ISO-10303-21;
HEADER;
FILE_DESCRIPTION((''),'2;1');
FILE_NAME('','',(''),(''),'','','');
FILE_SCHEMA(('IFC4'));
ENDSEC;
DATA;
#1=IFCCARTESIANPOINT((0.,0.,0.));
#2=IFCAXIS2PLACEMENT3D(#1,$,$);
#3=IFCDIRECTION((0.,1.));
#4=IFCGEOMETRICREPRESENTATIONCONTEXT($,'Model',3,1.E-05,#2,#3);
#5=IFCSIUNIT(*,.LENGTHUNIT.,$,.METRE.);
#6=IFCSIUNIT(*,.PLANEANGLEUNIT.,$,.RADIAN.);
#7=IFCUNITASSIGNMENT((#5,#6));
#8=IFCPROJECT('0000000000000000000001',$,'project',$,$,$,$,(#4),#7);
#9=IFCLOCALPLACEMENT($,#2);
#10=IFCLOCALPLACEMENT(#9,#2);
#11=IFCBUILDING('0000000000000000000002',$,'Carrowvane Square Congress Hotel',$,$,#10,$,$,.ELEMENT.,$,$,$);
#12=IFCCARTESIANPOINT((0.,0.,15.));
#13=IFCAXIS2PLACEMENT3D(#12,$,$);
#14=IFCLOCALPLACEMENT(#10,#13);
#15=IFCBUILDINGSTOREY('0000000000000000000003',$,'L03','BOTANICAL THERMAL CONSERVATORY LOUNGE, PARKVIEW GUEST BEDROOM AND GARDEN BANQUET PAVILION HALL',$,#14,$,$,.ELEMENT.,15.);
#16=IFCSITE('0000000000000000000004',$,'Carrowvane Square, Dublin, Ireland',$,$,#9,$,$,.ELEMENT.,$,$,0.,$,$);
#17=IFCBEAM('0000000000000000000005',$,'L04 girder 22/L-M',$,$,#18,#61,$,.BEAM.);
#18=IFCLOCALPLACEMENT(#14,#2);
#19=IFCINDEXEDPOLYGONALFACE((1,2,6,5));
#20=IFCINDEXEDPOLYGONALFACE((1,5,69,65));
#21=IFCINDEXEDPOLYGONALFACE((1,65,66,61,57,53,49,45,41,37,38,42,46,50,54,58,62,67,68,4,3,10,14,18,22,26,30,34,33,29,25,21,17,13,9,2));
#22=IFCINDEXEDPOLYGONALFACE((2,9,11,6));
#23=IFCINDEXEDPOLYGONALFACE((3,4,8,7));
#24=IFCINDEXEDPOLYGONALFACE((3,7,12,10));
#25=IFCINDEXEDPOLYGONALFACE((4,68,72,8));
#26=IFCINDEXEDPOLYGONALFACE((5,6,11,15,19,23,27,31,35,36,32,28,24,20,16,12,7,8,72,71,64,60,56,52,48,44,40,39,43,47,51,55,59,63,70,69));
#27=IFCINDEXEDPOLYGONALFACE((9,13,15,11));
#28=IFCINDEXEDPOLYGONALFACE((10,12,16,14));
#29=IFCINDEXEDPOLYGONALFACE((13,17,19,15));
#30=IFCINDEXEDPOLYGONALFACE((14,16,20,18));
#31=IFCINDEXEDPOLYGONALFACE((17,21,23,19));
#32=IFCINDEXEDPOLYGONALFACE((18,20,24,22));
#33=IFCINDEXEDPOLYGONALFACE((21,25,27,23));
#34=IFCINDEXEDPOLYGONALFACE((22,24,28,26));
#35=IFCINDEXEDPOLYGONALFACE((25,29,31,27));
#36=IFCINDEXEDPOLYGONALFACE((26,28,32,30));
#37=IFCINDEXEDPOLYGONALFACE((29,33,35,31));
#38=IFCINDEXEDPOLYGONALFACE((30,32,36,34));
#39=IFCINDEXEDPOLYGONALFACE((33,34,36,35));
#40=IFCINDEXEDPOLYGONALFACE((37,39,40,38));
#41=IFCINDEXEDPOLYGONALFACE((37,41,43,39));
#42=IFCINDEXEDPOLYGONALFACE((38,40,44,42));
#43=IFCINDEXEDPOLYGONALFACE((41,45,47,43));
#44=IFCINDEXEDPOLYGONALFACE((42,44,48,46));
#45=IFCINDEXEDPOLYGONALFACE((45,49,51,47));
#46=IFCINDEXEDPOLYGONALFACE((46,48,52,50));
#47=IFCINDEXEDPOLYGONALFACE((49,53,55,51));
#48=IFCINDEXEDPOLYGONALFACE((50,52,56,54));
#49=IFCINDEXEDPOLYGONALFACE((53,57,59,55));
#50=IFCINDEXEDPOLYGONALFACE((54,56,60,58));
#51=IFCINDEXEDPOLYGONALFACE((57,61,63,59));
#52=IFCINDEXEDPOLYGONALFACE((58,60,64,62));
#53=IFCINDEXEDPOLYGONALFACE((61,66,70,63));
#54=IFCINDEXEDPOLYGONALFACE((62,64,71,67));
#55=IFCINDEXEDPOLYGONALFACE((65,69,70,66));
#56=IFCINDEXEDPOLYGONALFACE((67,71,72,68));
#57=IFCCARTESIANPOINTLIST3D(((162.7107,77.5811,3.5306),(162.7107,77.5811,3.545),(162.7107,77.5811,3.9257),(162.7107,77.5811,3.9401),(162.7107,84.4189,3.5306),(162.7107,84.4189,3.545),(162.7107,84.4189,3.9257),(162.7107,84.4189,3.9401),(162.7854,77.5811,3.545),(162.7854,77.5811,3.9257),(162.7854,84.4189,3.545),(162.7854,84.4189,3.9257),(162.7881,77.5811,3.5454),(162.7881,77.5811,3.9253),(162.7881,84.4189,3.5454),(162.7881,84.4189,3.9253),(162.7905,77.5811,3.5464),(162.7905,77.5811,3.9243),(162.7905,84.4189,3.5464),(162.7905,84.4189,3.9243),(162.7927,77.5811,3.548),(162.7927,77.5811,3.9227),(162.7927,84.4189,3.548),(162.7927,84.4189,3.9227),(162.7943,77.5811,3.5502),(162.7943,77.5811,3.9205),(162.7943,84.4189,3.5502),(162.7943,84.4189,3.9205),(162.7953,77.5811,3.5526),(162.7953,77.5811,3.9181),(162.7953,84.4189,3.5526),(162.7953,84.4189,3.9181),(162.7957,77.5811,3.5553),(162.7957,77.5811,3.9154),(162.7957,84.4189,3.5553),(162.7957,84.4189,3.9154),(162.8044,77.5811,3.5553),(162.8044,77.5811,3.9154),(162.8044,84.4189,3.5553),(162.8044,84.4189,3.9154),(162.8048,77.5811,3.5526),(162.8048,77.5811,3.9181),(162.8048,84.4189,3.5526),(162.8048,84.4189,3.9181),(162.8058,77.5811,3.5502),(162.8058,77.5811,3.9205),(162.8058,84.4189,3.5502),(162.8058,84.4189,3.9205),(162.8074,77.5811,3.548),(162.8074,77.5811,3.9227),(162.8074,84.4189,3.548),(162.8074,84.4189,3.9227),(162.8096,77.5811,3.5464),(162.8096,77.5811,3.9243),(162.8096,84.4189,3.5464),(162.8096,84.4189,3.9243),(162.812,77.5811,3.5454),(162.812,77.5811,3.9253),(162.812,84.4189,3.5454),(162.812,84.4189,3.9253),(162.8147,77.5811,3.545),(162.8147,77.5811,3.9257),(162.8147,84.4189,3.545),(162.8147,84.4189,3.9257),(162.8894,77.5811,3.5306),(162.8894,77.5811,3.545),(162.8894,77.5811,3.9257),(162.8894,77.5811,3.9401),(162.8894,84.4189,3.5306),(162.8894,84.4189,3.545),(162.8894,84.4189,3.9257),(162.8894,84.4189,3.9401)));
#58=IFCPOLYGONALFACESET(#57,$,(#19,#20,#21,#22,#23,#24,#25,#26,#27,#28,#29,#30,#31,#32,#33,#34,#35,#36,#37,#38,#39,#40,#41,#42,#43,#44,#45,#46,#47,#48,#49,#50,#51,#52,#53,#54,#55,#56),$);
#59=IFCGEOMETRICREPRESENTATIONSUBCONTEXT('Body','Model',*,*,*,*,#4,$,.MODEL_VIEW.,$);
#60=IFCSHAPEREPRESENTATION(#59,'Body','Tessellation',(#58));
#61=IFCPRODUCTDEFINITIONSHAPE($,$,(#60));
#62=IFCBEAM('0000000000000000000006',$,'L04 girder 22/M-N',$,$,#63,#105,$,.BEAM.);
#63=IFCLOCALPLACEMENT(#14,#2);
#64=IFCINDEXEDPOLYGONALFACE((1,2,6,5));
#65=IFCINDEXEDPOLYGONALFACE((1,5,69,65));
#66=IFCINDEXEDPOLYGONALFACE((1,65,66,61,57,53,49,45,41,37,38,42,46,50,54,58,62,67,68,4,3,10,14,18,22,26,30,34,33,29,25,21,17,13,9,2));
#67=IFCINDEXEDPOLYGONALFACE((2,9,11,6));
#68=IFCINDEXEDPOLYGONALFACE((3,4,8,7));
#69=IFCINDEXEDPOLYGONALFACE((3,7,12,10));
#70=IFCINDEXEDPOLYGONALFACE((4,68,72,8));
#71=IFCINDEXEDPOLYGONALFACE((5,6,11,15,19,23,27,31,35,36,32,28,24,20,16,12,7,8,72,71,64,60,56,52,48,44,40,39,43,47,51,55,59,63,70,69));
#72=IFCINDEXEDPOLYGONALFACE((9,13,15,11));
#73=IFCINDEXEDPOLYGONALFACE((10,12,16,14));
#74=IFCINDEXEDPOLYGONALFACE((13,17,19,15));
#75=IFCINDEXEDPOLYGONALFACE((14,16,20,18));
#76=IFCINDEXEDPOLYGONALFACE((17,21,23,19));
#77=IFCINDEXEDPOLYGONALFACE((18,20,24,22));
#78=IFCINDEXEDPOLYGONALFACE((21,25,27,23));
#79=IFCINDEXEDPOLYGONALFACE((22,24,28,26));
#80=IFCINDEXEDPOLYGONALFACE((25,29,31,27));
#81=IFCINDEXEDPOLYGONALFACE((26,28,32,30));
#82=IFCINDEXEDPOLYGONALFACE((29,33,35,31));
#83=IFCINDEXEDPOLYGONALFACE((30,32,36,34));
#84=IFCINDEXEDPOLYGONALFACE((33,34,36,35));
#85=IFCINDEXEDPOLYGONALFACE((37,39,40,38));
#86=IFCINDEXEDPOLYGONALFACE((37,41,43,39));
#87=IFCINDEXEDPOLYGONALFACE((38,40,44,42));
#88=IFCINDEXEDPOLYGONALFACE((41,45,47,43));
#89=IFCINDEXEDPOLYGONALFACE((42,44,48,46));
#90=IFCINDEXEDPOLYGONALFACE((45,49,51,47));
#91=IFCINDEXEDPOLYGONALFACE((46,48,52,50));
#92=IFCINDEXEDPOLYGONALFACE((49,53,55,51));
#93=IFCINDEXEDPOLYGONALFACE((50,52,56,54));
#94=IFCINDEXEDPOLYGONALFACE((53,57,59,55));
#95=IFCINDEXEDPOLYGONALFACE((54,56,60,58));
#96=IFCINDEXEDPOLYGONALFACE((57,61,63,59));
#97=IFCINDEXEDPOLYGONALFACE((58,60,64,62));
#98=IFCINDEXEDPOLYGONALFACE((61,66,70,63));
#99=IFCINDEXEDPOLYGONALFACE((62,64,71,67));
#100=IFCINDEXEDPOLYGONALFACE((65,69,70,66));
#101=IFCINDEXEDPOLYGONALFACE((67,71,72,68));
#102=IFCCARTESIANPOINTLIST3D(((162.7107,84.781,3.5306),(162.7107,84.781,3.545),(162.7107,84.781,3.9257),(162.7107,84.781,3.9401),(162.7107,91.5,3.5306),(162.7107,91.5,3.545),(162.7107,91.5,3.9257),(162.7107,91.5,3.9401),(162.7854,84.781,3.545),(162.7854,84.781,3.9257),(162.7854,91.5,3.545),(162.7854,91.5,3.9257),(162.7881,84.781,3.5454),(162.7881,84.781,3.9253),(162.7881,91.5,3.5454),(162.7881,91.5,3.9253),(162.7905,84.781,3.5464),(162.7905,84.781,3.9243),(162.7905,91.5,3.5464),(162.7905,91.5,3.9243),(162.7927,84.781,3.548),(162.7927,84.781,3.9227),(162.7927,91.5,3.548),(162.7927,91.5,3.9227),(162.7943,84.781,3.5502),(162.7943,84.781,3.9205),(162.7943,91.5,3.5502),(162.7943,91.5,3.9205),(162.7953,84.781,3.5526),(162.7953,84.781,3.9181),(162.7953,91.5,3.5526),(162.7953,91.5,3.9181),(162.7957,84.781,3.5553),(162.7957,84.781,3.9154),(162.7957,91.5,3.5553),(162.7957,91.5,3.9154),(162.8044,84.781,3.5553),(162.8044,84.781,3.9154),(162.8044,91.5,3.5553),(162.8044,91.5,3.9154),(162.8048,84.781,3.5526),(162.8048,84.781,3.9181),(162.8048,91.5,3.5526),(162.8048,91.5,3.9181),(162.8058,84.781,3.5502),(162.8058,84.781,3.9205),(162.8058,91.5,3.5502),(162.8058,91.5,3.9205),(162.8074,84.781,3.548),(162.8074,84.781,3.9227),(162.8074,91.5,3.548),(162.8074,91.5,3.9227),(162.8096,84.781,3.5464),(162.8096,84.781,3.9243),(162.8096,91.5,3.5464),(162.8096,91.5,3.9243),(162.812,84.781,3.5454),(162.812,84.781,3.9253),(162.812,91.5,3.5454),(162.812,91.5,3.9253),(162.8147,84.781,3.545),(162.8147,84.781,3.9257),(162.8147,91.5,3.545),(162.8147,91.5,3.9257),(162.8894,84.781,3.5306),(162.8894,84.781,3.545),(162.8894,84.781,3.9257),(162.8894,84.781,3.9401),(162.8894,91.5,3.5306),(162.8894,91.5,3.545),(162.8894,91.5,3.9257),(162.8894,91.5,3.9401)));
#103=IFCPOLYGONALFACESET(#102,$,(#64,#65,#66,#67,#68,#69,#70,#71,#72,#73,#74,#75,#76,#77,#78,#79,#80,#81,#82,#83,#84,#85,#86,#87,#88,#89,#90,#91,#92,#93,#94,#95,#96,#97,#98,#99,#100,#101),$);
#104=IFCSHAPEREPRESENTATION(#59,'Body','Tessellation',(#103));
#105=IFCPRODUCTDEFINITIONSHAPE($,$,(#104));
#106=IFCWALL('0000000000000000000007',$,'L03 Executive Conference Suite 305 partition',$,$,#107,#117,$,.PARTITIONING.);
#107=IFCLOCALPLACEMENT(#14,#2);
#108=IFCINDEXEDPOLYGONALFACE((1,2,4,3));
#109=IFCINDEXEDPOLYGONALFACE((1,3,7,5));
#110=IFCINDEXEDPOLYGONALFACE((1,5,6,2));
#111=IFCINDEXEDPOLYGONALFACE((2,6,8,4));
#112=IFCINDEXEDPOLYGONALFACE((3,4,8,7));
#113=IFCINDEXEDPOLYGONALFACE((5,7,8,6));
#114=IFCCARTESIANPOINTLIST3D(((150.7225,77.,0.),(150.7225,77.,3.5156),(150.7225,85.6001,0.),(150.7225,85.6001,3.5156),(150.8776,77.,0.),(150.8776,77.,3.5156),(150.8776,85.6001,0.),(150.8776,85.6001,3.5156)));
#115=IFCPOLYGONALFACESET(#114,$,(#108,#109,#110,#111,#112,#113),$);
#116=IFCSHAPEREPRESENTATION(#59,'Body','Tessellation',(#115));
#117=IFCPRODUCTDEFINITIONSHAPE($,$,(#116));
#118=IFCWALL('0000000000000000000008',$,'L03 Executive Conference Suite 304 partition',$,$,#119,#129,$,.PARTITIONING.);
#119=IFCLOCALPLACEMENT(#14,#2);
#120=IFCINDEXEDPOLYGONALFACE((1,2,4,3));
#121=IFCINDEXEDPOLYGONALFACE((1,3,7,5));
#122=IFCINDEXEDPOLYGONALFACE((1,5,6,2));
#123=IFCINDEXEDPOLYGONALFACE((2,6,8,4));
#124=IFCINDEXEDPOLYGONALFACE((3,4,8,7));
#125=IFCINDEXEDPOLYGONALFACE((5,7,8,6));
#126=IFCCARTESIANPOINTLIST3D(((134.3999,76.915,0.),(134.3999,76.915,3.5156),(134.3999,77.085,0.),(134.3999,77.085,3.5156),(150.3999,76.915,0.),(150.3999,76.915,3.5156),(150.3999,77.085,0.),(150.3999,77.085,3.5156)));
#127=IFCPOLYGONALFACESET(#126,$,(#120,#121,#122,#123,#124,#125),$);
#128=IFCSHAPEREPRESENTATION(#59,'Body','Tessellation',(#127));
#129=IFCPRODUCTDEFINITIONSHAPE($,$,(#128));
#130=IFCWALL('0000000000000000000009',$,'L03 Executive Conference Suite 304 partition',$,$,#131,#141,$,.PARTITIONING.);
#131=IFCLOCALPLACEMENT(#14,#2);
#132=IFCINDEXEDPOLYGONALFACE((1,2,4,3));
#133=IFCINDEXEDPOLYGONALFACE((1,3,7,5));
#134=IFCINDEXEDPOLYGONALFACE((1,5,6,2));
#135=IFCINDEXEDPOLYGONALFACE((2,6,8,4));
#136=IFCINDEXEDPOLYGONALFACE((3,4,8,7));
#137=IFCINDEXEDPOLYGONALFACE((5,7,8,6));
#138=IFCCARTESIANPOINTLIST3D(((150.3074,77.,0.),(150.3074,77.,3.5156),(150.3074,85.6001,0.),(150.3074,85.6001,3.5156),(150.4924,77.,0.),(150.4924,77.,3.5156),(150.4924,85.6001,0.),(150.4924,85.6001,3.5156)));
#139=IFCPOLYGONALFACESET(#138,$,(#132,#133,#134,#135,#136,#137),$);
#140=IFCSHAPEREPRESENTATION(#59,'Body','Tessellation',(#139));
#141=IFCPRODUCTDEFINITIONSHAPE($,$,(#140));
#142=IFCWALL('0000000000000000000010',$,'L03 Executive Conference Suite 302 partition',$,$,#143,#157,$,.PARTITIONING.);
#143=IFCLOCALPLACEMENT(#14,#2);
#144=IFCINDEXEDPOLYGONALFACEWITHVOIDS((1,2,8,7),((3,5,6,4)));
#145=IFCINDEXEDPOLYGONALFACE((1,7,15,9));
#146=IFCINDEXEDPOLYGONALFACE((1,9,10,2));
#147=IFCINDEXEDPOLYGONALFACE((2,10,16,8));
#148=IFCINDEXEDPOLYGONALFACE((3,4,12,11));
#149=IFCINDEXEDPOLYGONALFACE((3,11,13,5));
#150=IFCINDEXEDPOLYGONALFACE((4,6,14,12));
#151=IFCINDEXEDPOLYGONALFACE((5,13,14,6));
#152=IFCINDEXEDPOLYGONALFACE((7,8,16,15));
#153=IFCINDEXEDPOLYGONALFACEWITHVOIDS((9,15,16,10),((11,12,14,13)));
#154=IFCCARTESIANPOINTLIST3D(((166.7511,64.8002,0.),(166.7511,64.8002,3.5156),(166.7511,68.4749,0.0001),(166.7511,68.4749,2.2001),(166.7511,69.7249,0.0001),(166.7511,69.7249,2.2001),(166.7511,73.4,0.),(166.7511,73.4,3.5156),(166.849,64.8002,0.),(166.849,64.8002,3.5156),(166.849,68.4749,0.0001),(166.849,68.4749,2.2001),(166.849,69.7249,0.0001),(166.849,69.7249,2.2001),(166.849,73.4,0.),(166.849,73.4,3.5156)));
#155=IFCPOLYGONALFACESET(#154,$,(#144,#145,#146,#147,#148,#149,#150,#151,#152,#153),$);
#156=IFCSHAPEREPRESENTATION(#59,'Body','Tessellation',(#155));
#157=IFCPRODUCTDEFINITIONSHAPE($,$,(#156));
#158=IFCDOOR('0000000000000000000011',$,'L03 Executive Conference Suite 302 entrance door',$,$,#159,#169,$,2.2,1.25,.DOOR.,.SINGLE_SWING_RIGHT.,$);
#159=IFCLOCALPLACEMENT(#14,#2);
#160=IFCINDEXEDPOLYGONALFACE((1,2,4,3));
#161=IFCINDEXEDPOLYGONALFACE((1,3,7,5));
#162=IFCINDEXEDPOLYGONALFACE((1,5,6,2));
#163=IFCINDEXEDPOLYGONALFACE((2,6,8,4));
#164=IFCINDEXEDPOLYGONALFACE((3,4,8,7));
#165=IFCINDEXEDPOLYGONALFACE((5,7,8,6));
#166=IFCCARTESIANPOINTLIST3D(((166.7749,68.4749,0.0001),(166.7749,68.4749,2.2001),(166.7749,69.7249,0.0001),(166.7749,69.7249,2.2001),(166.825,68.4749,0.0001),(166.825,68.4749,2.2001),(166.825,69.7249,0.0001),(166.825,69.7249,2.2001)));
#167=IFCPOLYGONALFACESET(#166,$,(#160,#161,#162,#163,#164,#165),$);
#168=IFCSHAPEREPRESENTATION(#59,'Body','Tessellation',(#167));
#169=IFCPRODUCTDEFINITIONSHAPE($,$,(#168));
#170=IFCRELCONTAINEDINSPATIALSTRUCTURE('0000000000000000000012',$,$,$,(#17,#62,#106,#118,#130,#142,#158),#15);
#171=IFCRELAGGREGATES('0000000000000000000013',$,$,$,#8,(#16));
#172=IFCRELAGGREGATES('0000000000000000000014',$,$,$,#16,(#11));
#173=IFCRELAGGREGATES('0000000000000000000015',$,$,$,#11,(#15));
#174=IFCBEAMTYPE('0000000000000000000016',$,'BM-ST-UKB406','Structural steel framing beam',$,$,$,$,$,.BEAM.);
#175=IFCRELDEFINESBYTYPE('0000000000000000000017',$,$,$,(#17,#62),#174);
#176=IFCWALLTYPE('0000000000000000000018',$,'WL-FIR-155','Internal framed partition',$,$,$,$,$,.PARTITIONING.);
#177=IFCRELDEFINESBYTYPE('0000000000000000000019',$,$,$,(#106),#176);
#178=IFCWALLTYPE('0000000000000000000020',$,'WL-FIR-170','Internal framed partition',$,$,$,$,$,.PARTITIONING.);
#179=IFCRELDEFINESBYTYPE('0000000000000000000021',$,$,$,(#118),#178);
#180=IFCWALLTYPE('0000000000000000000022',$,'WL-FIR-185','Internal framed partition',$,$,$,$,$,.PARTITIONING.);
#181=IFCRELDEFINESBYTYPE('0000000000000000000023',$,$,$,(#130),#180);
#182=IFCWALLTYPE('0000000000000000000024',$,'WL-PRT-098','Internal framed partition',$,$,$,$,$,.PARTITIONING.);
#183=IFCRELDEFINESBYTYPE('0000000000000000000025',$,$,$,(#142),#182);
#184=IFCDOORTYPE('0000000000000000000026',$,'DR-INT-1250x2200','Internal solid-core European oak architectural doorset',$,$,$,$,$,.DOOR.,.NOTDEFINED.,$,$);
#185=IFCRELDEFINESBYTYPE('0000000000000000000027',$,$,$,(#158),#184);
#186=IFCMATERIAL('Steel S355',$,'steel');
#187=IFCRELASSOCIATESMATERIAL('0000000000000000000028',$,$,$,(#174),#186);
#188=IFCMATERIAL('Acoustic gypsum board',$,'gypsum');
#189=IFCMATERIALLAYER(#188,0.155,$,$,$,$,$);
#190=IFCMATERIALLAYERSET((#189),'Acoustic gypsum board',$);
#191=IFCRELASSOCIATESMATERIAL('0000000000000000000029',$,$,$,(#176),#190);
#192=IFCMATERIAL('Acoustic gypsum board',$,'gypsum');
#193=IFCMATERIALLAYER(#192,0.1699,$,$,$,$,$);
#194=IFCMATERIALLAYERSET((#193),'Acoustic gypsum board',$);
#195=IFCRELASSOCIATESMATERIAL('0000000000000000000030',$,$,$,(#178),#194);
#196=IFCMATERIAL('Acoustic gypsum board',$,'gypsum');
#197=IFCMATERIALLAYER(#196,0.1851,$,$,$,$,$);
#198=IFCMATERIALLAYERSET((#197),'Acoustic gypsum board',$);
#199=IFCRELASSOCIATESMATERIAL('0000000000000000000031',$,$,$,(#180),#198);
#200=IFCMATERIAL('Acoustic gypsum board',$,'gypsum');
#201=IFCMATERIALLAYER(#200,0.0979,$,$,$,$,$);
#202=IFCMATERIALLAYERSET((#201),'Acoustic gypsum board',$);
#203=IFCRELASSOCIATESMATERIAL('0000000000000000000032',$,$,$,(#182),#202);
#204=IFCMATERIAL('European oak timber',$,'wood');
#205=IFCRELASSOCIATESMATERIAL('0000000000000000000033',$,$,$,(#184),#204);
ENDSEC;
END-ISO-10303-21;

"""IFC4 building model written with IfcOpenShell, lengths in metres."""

from ifc_helpers import new_model, si_unit, direction, frame, frame_2d, origin, origin_2d, place, context, subcontext, project, spatial, rectangle, i_section, extrude, material, layer, layer_set, material_profile, profile_set, type_object, element, fill, save


model = new_model("IFC4")

# Units and contexts
model_context = context("Model", 3, precision=1e-05, world=origin(), true_north=direction((0.0, 1.0)))
body_context = subcontext(model_context, "Body", "Model", "MODEL_VIEW")
ifc_project = project(units=[si_unit("LENGTHUNIT", "METRE"), si_unit("PLANEANGLEUNIT", "RADIAN")], contexts=[model_context])

# Site, building, storey
site_placement = place(None, origin())
site = spatial("IfcSite", under=ifc_project, at=site_placement, Name="Carrowvane Square, Dublin, Ireland", CompositionType="ELEMENT", RefElevation=0.0)
building_placement = place(site_placement, origin())
building = spatial("IfcBuilding", under=site, at=building_placement, Name="Carrowvane Square Congress Hotel", CompositionType="ELEMENT")
storey_placement = place(building_placement, frame((0.0, 0.0, 15.0)))
storey = spatial("IfcBuildingStorey", under=building, at=storey_placement, Name="L03", Description="BOTANICAL THERMAL CONSERVATORY LOUNGE, PARKVIEW GUEST BEDROOM AND GARDEN BANQUET PAVILION HALL", CompositionType="ELEMENT", Elevation=15.0)

# Beams
ifc_material_1 = material(Name="Steel S355", Category="steel")
ifc_material_profile_1 = material_profile(ifc_material_1, i_section(OverallWidth=0.1787, OverallDepth=0.4094, WebThickness=0.0088, FlangeThickness=0.0144, FilletRadius=0.0103, at=origin_2d()), Name="UKB 406x178x67")
ifc_profile_set_1 = profile_set([ifc_material_profile_1], Name="Steel S355")
beam_type_1 = type_object("IfcBeamType", Name="BM-ST-UKB406", Description="Structural steel framing beam", PredefinedType="BEAM", material=ifc_profile_set_1)
beam_1_placement = place(storey_placement, frame((162.8, 77.5811, 3.7354), z_axis=(0.0, 1.0, 0.0), x_axis=(-1.0, 0.0, 0.0)))
element("IfcBeam", 1, at=beam_1_placement, inside=storey, type_object=beam_type_1, Name="L04 girder 22/L-M", PredefinedType="BEAM", context=body_context, shape_type="SweptSolid", body=[
    extrude(i_section(OverallWidth=0.1787, OverallDepth=0.4094, WebThickness=0.0088, FlangeThickness=0.0144, FilletRadius=0.0103, at=origin_2d()), origin(), (0.0, 0.0, 1.0), 6.8379),
])
beam_2_placement = place(storey_placement, frame((162.8, 84.781, 3.7354), z_axis=(0.0, 1.0, 0.0), x_axis=(-1.0, 0.0, 0.0)))
element("IfcBeam", 2, at=beam_2_placement, inside=storey, type_object=beam_type_1, Name="L04 girder 22/M-N", PredefinedType="BEAM", context=body_context, shape_type="SweptSolid", body=[
    extrude(i_section(OverallWidth=0.1787, OverallDepth=0.4094, WebThickness=0.0088, FlangeThickness=0.0144, FilletRadius=0.0103, at=origin_2d()), origin(), (0.0, 0.0, 1.0), 6.719),
])

# Walls
ifc_material_2 = material(Name="Acoustic gypsum board", Category="gypsum")
ifc_layer_1 = layer(ifc_material_2, 0.155)
ifc_layer_set_1 = layer_set([ifc_layer_1], Name="Acoustic gypsum board")
wall_type_1 = type_object("IfcWallType", Name="WL-FIR-155", Description="Internal framed partition", PredefinedType="PARTITIONING", material=ifc_layer_set_1)
wall_1_placement = place(storey_placement, frame((150.8, 77.0, 0.0), z_axis=(0.0, 0.0, 1.0), x_axis=(0.0, 1.0, 0.0)))
element("IfcWall", 3, at=wall_1_placement, inside=storey, type_object=wall_type_1, Name="L03 Executive Conference Suite 305 partition", PredefinedType="PARTITIONING", context=body_context, shape_type="SweptSolid", body=[
    extrude(rectangle(XDim=8.6001, YDim=0.155, at=frame_2d((4.3, 0.0))), origin(), (0.0, 0.0, 1.0), 3.5156),
])
ifc_material_3 = material(Name="Acoustic gypsum board", Category="gypsum")
ifc_layer_2 = layer(ifc_material_3, 0.1699)
ifc_layer_set_2 = layer_set([ifc_layer_2], Name="Acoustic gypsum board")
wall_type_2 = type_object("IfcWallType", Name="WL-FIR-170", Description="Internal framed partition", PredefinedType="PARTITIONING", material=ifc_layer_set_2)
wall_2_placement = place(storey_placement, frame((150.3999, 77.0, 0.0), z_axis=(0.0, 0.0, 1.0), x_axis=(-1.0, 0.0, 0.0)))
element("IfcWall", 4, at=wall_2_placement, inside=storey, type_object=wall_type_2, Name="L03 Executive Conference Suite 304 partition", PredefinedType="PARTITIONING", context=body_context, shape_type="SweptSolid", body=[
    extrude(rectangle(XDim=16.0, YDim=0.1699, at=frame_2d((8.0, 0.0))), origin(), (0.0, 0.0, 1.0), 3.5156),
])
ifc_material_4 = material(Name="Acoustic gypsum board", Category="gypsum")
ifc_layer_3 = layer(ifc_material_4, 0.1851)
ifc_layer_set_3 = layer_set([ifc_layer_3], Name="Acoustic gypsum board")
wall_type_3 = type_object("IfcWallType", Name="WL-FIR-185", Description="Internal framed partition", PredefinedType="PARTITIONING", material=ifc_layer_set_3)
wall_3_placement = place(storey_placement, frame((150.3999, 85.6001, 0.0), z_axis=(0.0, 0.0, 1.0), x_axis=(0.0, -1.0, 0.0)))
element("IfcWall", 5, at=wall_3_placement, inside=storey, type_object=wall_type_3, Name="L03 Executive Conference Suite 304 partition", PredefinedType="PARTITIONING", context=body_context, shape_type="SweptSolid", body=[
    extrude(rectangle(XDim=8.6001, YDim=0.1851, at=frame_2d((4.3, 0.0))), origin(), (0.0, 0.0, 1.0), 3.5156),
])

# Wall, opening, door
ifc_material_5 = material(Name="Acoustic gypsum board", Category="gypsum")
ifc_layer_4 = layer(ifc_material_5, 0.0979)
ifc_layer_set_4 = layer_set([ifc_layer_4], Name="Acoustic gypsum board")
wall_type_4 = type_object("IfcWallType", Name="WL-PRT-098", Description="Internal framed partition", PredefinedType="PARTITIONING", material=ifc_layer_set_4)
wall_4_placement = place(storey_placement, frame((166.8, 73.3999, 0.0), z_axis=(0.0, 0.0, 1.0), x_axis=(0.0, -1.0, 0.0)))
wall_4 = element("IfcWall", 6, at=wall_4_placement, inside=storey, type_object=wall_type_4, Name="L03 Executive Conference Suite 302 partition", PredefinedType="PARTITIONING", context=body_context, shape_type="SweptSolid", body=[
    extrude(rectangle(XDim=8.5999, YDim=0.0979, at=frame_2d((4.2998, 0.0))), origin(), (0.0, 0.0, 1.0), 3.5156),
])
opening_1_placement = place(wall_4_placement, frame((3.675, 0.0, 0.0)))
opening_1 = element("IfcOpeningElement", 7, at=opening_1_placement, cuts=wall_4, PredefinedType="OPENING", context=body_context, shape_type="SweptSolid", body=[
    extrude(rectangle(XDim=1.25, YDim=2.2, at=frame_2d((0.625, 1.1001))), frame((0.0, 0.0588, 0.0), z_axis=(0.0, -1.0, 0.0), x_axis=(1.0, 0.0, 0.0)), (0.0, 0.0, 1.0), 0.1179),
])
ifc_material_6 = material(Name="European oak timber", Category="wood")
door_type_1 = type_object("IfcDoorType", Name="DR-INT-1250x2200", Description="Internal solid-core European oak architectural doorset", OperationType="NOTDEFINED", PredefinedType="DOOR", material=ifc_material_6)
door_1_placement = place(opening_1_placement, origin())
door_1 = element("IfcDoor", 8, at=door_1_placement, inside=storey, type_object=door_type_1, Name="L03 Executive Conference Suite 302 entrance door", OperationType="SINGLE_SWING_RIGHT", OverallHeight=2.2, OverallWidth=1.25, PredefinedType="DOOR", context=body_context, shape_type="SweptSolid", body=[
    extrude(rectangle(XDim=1.25, YDim=2.2, at=frame_2d((0.625, 1.1001))), frame((0.0, 0.0249, 0.0), z_axis=(0.0, -1.0, 0.0), x_axis=(1.0, 0.0, 0.0)), (0.0, 0.0, 1.0), 0.05),
])
fill(opening_1, door_1)

save(model, "model.ifc")
